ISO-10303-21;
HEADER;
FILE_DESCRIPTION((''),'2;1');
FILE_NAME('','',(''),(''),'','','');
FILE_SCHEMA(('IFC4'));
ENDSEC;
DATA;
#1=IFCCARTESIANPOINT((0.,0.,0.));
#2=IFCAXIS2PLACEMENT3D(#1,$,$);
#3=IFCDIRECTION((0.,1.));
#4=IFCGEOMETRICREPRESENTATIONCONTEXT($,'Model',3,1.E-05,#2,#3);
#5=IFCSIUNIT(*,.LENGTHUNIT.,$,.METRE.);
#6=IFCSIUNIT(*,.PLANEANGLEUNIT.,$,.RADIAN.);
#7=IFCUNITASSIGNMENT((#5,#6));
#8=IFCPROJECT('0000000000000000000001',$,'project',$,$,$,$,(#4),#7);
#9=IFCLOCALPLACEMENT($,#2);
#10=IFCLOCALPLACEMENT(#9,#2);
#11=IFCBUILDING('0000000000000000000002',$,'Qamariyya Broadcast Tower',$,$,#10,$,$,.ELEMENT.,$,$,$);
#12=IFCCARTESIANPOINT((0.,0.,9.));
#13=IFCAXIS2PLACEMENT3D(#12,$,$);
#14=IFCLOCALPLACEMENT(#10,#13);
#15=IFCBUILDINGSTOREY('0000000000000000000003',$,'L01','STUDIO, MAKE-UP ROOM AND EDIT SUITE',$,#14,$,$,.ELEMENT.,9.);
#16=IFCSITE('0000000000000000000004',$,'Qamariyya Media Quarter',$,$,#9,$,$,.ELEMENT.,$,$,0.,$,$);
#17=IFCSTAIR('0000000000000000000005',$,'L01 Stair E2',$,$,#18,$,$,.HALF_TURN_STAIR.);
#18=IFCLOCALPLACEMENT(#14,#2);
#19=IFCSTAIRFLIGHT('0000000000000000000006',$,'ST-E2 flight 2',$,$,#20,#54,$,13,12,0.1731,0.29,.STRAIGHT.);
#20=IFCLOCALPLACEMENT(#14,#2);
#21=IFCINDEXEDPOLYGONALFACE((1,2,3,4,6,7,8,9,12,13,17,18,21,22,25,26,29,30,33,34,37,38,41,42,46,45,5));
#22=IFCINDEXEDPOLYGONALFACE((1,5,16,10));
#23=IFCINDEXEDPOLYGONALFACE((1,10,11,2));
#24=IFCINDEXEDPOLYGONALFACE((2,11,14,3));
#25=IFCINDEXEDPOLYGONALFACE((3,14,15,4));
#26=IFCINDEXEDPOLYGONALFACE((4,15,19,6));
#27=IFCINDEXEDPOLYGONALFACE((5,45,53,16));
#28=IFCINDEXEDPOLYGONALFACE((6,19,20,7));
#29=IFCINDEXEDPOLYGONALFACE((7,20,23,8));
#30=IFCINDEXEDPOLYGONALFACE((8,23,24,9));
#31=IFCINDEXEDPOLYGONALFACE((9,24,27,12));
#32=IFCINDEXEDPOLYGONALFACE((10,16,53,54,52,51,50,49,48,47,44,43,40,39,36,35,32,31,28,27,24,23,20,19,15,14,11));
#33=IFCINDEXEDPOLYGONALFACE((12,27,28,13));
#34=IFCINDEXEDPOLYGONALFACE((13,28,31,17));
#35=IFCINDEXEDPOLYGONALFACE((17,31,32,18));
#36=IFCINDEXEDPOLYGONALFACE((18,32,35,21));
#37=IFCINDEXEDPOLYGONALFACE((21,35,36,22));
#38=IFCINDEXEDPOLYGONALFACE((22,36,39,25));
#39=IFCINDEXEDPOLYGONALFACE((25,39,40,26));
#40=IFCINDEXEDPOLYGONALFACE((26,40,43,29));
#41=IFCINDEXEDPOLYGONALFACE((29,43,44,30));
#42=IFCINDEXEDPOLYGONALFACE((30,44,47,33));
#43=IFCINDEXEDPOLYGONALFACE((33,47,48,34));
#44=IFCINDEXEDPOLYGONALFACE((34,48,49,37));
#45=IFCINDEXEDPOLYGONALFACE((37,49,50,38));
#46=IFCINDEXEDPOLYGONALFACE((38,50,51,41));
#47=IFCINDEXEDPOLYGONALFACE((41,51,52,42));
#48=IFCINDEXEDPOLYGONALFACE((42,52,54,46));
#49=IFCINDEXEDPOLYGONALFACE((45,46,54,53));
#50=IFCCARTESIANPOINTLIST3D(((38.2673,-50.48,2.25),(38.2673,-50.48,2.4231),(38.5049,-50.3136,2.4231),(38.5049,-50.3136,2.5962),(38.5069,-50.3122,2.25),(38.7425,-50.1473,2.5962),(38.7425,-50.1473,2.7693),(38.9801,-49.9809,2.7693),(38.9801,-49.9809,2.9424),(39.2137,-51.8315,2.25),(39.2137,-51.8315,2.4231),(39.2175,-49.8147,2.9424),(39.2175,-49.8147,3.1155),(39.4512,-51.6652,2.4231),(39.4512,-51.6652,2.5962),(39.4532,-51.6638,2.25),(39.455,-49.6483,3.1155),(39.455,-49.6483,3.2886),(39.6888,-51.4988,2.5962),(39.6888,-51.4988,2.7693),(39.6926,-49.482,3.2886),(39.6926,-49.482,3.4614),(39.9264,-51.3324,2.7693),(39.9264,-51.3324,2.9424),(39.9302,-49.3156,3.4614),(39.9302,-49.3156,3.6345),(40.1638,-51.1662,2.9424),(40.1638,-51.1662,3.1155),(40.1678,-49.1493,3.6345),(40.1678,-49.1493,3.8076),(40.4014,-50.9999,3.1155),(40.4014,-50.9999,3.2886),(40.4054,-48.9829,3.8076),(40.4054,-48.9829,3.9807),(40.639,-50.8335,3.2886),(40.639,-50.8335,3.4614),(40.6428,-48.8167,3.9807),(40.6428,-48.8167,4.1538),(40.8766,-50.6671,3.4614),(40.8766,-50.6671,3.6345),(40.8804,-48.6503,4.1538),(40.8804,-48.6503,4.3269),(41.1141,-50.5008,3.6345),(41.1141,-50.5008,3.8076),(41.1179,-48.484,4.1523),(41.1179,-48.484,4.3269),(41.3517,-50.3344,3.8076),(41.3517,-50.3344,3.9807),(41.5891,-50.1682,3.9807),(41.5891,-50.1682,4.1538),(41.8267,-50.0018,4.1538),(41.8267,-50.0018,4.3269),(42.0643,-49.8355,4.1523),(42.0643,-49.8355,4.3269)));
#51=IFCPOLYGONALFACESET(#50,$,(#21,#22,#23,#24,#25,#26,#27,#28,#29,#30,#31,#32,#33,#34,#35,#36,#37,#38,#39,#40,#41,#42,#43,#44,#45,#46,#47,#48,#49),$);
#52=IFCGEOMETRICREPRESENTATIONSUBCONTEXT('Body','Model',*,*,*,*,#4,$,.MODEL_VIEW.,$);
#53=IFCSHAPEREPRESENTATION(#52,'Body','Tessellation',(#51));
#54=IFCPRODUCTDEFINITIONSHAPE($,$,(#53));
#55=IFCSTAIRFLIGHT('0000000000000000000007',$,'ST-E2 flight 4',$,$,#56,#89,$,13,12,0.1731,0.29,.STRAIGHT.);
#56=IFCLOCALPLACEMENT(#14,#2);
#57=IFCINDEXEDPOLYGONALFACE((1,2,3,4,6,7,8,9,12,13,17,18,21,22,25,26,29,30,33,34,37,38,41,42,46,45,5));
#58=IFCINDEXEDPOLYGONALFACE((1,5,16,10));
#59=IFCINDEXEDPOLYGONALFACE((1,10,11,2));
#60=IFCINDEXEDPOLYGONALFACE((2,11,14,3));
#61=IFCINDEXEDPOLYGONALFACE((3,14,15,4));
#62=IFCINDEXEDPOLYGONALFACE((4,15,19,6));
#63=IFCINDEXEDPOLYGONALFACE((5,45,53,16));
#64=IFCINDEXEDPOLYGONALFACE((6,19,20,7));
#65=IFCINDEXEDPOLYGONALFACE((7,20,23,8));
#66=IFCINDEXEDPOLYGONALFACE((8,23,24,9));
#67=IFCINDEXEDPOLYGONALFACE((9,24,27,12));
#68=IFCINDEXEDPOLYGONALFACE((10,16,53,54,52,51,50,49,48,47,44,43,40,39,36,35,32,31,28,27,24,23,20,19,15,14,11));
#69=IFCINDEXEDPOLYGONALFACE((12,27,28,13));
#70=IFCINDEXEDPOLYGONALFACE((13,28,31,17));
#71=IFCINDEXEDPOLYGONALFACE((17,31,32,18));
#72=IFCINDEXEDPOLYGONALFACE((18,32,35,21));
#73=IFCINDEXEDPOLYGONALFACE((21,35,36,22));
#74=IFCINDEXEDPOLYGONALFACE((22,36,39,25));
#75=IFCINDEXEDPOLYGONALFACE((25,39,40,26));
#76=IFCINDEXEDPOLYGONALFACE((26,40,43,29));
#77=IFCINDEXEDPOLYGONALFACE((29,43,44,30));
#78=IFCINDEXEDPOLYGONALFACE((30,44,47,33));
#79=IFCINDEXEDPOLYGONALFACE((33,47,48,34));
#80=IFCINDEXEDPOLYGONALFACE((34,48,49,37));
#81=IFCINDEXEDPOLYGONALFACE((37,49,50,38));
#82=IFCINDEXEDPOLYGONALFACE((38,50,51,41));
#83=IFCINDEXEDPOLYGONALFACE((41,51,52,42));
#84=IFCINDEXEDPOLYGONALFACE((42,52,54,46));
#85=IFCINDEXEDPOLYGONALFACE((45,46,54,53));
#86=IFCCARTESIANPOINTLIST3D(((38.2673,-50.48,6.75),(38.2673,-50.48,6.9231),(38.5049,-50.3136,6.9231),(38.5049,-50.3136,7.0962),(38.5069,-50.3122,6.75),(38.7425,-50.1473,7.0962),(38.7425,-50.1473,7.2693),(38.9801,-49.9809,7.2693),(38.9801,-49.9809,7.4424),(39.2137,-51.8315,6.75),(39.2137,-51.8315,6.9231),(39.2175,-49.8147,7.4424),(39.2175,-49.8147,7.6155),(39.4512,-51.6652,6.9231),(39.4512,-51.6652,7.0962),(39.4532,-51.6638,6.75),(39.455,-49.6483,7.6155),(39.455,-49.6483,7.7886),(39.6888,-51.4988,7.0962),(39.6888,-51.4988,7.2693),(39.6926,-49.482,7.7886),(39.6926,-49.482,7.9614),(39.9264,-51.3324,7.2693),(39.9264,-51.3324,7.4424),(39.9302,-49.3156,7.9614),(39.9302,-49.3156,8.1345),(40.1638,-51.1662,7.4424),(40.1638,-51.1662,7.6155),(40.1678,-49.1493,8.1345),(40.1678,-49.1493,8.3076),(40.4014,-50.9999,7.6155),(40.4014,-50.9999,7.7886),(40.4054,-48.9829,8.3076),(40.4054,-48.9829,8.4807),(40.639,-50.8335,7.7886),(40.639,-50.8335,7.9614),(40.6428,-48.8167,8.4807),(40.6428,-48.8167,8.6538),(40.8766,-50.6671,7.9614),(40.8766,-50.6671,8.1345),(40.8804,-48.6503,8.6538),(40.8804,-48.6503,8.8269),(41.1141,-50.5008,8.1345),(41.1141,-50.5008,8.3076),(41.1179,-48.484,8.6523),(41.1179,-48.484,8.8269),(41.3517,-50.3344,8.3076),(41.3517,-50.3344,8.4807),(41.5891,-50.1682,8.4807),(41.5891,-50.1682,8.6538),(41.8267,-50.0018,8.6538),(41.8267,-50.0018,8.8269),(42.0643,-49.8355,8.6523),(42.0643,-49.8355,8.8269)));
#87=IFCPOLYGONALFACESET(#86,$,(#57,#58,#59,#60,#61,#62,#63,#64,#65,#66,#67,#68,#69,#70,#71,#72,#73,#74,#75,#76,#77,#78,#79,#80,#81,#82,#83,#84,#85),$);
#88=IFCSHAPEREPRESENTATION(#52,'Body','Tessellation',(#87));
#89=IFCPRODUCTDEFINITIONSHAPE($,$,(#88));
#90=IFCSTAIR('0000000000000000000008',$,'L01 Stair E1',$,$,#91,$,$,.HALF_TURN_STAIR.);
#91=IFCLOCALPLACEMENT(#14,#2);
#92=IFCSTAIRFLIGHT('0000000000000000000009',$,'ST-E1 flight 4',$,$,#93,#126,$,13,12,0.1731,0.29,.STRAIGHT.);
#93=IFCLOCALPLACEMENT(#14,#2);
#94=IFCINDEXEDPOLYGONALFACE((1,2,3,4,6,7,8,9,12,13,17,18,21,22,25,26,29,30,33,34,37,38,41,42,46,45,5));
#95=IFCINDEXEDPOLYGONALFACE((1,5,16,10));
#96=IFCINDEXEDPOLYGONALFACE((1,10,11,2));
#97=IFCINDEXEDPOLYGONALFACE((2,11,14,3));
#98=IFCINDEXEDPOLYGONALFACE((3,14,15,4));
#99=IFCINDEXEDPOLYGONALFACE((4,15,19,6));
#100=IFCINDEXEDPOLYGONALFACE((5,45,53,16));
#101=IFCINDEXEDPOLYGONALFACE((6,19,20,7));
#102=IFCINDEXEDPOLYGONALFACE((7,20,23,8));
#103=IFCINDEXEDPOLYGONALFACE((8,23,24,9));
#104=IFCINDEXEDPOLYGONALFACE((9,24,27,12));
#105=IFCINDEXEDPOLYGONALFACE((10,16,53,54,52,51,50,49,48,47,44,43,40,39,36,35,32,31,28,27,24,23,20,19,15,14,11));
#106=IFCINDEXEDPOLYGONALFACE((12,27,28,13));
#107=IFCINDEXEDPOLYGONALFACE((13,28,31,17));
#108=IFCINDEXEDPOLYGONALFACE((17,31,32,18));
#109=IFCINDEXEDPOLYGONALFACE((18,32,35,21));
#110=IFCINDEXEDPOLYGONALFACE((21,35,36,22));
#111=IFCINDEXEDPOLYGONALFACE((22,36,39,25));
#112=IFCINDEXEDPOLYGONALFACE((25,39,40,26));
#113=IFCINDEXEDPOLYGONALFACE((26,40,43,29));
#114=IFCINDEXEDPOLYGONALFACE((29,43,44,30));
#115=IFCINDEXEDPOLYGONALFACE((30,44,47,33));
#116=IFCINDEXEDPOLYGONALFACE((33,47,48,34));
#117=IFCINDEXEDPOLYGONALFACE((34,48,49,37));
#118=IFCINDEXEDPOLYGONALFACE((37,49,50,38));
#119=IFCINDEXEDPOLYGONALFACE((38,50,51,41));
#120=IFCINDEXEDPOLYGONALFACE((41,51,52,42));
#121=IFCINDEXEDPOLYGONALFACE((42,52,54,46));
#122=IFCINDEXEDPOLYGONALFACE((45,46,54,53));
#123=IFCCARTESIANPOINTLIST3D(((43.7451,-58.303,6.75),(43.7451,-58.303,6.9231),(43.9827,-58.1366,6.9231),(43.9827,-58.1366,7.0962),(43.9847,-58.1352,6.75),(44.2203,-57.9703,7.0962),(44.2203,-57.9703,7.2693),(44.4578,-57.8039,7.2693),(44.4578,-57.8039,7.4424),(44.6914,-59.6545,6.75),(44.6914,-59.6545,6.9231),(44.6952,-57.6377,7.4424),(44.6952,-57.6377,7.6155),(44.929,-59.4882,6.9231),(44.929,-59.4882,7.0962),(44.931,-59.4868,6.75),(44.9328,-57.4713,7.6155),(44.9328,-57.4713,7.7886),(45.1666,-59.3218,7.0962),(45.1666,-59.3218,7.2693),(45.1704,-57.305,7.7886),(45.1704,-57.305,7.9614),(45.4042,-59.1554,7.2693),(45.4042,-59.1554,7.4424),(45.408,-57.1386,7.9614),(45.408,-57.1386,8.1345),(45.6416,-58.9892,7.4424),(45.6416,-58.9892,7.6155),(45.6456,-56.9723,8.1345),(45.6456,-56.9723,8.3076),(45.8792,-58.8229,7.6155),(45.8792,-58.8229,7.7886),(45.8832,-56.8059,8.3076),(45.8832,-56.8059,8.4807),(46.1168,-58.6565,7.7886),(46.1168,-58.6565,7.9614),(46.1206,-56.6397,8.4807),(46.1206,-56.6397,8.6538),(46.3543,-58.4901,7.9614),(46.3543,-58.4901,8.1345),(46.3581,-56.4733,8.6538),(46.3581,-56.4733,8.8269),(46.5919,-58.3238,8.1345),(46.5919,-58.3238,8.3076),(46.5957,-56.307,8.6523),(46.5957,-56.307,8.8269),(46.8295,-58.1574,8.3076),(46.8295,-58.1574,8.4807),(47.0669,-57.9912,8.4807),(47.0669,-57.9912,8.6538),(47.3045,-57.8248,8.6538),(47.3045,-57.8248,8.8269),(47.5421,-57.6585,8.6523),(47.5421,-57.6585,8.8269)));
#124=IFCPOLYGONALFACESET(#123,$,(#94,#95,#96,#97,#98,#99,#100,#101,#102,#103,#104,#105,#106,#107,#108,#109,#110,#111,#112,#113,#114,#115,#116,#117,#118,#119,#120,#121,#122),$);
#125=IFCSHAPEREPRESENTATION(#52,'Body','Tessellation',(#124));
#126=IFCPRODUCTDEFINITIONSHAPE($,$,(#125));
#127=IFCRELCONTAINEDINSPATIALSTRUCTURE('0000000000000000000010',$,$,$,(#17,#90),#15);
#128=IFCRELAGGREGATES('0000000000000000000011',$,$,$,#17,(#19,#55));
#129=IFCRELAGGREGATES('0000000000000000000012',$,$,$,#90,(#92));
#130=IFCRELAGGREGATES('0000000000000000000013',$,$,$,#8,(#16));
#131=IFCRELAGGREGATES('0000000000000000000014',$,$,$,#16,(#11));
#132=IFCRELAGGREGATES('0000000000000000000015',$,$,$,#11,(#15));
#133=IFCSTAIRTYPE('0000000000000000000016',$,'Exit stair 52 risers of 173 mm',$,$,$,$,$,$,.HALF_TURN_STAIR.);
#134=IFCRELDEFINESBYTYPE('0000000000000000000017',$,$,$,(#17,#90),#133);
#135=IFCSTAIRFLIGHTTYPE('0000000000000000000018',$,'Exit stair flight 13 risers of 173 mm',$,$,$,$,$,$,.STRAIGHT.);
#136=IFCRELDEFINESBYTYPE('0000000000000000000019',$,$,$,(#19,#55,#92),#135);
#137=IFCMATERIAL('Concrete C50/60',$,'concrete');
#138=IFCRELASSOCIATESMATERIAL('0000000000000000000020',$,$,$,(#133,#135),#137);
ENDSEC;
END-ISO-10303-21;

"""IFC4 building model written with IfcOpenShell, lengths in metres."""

from ifc_helpers import new_model, si_unit, direction, frame, origin, place, context, subcontext, project, spatial, polyline, outline, extrude, material, type_object, element, aggregate, save


model = new_model("IFC4")

# Units and contexts
model_context = context("Model", 3, precision=1e-05, world=origin(), true_north=direction((0.0, 1.0)))
body_context = subcontext(model_context, "Body", "Model", "MODEL_VIEW")
ifc_project = project(units=[si_unit("LENGTHUNIT", "METRE"), si_unit("PLANEANGLEUNIT", "RADIAN")], contexts=[model_context])

# Site, building, storey
site_placement = place(None, origin())
site = spatial("IfcSite", under=ifc_project, at=site_placement, Name="Qamariyya Media Quarter", CompositionType="ELEMENT", RefElevation=0.0)
building_placement = place(site_placement, origin())
building = spatial("IfcBuilding", under=site, at=building_placement, Name="Qamariyya Broadcast Tower", CompositionType="ELEMENT")
storey_placement = place(building_placement, frame((0.0, 0.0, 9.0)))
storey = spatial("IfcBuildingStorey", under=building, at=storey_placement, Name="L01", Description="STUDIO, MAKE-UP ROOM AND EDIT SUITE", CompositionType="ELEMENT", Elevation=9.0)

# Stair, stair flights
ifc_material_1 = material(Name="Concrete C50/60", Category="concrete")
stair_type = type_object("IfcStairType", Name="Exit stair 52 risers of 173 mm", PredefinedType="HALF_TURN_STAIR", material=ifc_material_1)
stair_1_placement = place(storey_placement, origin())
stair_1 = element("IfcStair", 1, at=stair_1_placement, inside=storey, type_object=stair_type, Name="L01 Stair E2", PredefinedType="HALF_TURN_STAIR")
stair_flight_type = type_object("IfcStairFlightType", Name="Exit stair flight 13 risers of 173 mm", PredefinedType="STRAIGHT", material=ifc_material_1)
stair_flight_1_placement = place(storey_placement, frame((38.7405, -51.1558, 2.25), z_axis=(0.0, 0.0, 1.0), x_axis=(0.819152, 0.573576, 0.0)))
stair_flight_1 = element("IfcStairFlight", 2, at=stair_flight_1_placement, type_object=stair_flight_type, Name="ST-E2 flight 2", NumberOfRisers=13, NumberOfTreads=12, PredefinedType="STRAIGHT", RiserHeight=0.1731, TreadLength=0.29, context=body_context, shape_type="SweptSolid", body=[
    extrude(outline(polyline([(0.0, 0.0), (0.0, 0.1731), (0.29, 0.1731), (0.29, 0.3462), (0.5801, 0.3462), (0.5801, 0.5193), (0.8701, 0.5193), (0.8701, 0.6924), (1.1599, 0.6924), (1.1599, 0.8655), (1.45, 0.8655), (1.45, 1.0386), (1.74, 1.0386), (1.74, 1.2114), (2.03, 1.2114), (2.03, 1.3845), (2.3201, 1.3845), (2.3201, 1.5576), (2.6101, 1.5576), (2.6101, 1.7307), (2.8999, 1.7307), (2.8999, 1.9038), (3.1899, 1.9038), (3.1899, 2.0769), (3.48, 2.0769), (3.48, 2.25), (3.48, 1.9023), (0.2925, 0.0), (0.0, 0.0)])), frame((0.0, 0.825, 0.0), z_axis=(0.0, -1.0, 0.0), x_axis=(1.0, 0.0, 0.0)), (0.0, 0.0, 1.0), 1.6499),
])
stair_flight_2_placement = place(storey_placement, frame((38.7405, -51.1558, 6.75), z_axis=(0.0, 0.0, 1.0), x_axis=(0.819152, 0.573576, 0.0)))
stair_flight_2 = element("IfcStairFlight", 3, at=stair_flight_2_placement, type_object=stair_flight_type, Name="ST-E2 flight 4", NumberOfRisers=13, NumberOfTreads=12, PredefinedType="STRAIGHT", RiserHeight=0.1731, TreadLength=0.29, context=body_context, shape_type="SweptSolid", body=[
    extrude(outline(polyline([(0.0, 0.0), (0.0, 0.1731), (0.29, 0.1731), (0.29, 0.3462), (0.5801, 0.3462), (0.5801, 0.5193), (0.8701, 0.5193), (0.8701, 0.6924), (1.1599, 0.6924), (1.1599, 0.8655), (1.45, 0.8655), (1.45, 1.0386), (1.74, 1.0386), (1.74, 1.2114), (2.03, 1.2114), (2.03, 1.3845), (2.3201, 1.3845), (2.3201, 1.5576), (2.6101, 1.5576), (2.6101, 1.7307), (2.8999, 1.7307), (2.8999, 1.9038), (3.1899, 1.9038), (3.1899, 2.0769), (3.48, 2.0769), (3.48, 2.25), (3.48, 1.9023), (0.2925, 0.0), (0.0, 0.0)])), frame((0.0, 0.825, 0.0), z_axis=(0.0, -1.0, 0.0), x_axis=(1.0, 0.0, 0.0)), (0.0, 0.0, 1.0), 1.6499),
])
aggregate(stair_1, [stair_flight_1, stair_flight_2])

# Stair, stair flight
stair_2_placement = place(storey_placement, origin())
stair_2 = element("IfcStair", 4, at=stair_2_placement, inside=storey, type_object=stair_type, Name="L01 Stair E1", PredefinedType="HALF_TURN_STAIR")
stair_flight_3_placement = place(storey_placement, frame((44.2183, -58.9788, 6.75), z_axis=(0.0, 0.0, 1.0), x_axis=(0.819152, 0.573576, 0.0)))
stair_flight_3 = element("IfcStairFlight", 5, at=stair_flight_3_placement, type_object=stair_flight_type, Name="ST-E1 flight 4", NumberOfRisers=13, NumberOfTreads=12, PredefinedType="STRAIGHT", RiserHeight=0.1731, TreadLength=0.29, context=body_context, shape_type="SweptSolid", body=[
    extrude(outline(polyline([(0.0, 0.0), (0.0, 0.1731), (0.29, 0.1731), (0.29, 0.3462), (0.5801, 0.3462), (0.5801, 0.5193), (0.8701, 0.5193), (0.8701, 0.6924), (1.1599, 0.6924), (1.1599, 0.8655), (1.45, 0.8655), (1.45, 1.0386), (1.74, 1.0386), (1.74, 1.2114), (2.03, 1.2114), (2.03, 1.3845), (2.3201, 1.3845), (2.3201, 1.5576), (2.6101, 1.5576), (2.6101, 1.7307), (2.8999, 1.7307), (2.8999, 1.9038), (3.1899, 1.9038), (3.1899, 2.0769), (3.48, 2.0769), (3.48, 2.25), (3.48, 1.9023), (0.2925, 0.0), (0.0, 0.0)])), frame((0.0, 0.825, 0.0), z_axis=(0.0, -1.0, 0.0), x_axis=(1.0, 0.0, 0.0)), (0.0, 0.0, 1.0), 1.6499),
])
aggregate(stair_2, [stair_flight_3])

save(model, "model.ifc")
